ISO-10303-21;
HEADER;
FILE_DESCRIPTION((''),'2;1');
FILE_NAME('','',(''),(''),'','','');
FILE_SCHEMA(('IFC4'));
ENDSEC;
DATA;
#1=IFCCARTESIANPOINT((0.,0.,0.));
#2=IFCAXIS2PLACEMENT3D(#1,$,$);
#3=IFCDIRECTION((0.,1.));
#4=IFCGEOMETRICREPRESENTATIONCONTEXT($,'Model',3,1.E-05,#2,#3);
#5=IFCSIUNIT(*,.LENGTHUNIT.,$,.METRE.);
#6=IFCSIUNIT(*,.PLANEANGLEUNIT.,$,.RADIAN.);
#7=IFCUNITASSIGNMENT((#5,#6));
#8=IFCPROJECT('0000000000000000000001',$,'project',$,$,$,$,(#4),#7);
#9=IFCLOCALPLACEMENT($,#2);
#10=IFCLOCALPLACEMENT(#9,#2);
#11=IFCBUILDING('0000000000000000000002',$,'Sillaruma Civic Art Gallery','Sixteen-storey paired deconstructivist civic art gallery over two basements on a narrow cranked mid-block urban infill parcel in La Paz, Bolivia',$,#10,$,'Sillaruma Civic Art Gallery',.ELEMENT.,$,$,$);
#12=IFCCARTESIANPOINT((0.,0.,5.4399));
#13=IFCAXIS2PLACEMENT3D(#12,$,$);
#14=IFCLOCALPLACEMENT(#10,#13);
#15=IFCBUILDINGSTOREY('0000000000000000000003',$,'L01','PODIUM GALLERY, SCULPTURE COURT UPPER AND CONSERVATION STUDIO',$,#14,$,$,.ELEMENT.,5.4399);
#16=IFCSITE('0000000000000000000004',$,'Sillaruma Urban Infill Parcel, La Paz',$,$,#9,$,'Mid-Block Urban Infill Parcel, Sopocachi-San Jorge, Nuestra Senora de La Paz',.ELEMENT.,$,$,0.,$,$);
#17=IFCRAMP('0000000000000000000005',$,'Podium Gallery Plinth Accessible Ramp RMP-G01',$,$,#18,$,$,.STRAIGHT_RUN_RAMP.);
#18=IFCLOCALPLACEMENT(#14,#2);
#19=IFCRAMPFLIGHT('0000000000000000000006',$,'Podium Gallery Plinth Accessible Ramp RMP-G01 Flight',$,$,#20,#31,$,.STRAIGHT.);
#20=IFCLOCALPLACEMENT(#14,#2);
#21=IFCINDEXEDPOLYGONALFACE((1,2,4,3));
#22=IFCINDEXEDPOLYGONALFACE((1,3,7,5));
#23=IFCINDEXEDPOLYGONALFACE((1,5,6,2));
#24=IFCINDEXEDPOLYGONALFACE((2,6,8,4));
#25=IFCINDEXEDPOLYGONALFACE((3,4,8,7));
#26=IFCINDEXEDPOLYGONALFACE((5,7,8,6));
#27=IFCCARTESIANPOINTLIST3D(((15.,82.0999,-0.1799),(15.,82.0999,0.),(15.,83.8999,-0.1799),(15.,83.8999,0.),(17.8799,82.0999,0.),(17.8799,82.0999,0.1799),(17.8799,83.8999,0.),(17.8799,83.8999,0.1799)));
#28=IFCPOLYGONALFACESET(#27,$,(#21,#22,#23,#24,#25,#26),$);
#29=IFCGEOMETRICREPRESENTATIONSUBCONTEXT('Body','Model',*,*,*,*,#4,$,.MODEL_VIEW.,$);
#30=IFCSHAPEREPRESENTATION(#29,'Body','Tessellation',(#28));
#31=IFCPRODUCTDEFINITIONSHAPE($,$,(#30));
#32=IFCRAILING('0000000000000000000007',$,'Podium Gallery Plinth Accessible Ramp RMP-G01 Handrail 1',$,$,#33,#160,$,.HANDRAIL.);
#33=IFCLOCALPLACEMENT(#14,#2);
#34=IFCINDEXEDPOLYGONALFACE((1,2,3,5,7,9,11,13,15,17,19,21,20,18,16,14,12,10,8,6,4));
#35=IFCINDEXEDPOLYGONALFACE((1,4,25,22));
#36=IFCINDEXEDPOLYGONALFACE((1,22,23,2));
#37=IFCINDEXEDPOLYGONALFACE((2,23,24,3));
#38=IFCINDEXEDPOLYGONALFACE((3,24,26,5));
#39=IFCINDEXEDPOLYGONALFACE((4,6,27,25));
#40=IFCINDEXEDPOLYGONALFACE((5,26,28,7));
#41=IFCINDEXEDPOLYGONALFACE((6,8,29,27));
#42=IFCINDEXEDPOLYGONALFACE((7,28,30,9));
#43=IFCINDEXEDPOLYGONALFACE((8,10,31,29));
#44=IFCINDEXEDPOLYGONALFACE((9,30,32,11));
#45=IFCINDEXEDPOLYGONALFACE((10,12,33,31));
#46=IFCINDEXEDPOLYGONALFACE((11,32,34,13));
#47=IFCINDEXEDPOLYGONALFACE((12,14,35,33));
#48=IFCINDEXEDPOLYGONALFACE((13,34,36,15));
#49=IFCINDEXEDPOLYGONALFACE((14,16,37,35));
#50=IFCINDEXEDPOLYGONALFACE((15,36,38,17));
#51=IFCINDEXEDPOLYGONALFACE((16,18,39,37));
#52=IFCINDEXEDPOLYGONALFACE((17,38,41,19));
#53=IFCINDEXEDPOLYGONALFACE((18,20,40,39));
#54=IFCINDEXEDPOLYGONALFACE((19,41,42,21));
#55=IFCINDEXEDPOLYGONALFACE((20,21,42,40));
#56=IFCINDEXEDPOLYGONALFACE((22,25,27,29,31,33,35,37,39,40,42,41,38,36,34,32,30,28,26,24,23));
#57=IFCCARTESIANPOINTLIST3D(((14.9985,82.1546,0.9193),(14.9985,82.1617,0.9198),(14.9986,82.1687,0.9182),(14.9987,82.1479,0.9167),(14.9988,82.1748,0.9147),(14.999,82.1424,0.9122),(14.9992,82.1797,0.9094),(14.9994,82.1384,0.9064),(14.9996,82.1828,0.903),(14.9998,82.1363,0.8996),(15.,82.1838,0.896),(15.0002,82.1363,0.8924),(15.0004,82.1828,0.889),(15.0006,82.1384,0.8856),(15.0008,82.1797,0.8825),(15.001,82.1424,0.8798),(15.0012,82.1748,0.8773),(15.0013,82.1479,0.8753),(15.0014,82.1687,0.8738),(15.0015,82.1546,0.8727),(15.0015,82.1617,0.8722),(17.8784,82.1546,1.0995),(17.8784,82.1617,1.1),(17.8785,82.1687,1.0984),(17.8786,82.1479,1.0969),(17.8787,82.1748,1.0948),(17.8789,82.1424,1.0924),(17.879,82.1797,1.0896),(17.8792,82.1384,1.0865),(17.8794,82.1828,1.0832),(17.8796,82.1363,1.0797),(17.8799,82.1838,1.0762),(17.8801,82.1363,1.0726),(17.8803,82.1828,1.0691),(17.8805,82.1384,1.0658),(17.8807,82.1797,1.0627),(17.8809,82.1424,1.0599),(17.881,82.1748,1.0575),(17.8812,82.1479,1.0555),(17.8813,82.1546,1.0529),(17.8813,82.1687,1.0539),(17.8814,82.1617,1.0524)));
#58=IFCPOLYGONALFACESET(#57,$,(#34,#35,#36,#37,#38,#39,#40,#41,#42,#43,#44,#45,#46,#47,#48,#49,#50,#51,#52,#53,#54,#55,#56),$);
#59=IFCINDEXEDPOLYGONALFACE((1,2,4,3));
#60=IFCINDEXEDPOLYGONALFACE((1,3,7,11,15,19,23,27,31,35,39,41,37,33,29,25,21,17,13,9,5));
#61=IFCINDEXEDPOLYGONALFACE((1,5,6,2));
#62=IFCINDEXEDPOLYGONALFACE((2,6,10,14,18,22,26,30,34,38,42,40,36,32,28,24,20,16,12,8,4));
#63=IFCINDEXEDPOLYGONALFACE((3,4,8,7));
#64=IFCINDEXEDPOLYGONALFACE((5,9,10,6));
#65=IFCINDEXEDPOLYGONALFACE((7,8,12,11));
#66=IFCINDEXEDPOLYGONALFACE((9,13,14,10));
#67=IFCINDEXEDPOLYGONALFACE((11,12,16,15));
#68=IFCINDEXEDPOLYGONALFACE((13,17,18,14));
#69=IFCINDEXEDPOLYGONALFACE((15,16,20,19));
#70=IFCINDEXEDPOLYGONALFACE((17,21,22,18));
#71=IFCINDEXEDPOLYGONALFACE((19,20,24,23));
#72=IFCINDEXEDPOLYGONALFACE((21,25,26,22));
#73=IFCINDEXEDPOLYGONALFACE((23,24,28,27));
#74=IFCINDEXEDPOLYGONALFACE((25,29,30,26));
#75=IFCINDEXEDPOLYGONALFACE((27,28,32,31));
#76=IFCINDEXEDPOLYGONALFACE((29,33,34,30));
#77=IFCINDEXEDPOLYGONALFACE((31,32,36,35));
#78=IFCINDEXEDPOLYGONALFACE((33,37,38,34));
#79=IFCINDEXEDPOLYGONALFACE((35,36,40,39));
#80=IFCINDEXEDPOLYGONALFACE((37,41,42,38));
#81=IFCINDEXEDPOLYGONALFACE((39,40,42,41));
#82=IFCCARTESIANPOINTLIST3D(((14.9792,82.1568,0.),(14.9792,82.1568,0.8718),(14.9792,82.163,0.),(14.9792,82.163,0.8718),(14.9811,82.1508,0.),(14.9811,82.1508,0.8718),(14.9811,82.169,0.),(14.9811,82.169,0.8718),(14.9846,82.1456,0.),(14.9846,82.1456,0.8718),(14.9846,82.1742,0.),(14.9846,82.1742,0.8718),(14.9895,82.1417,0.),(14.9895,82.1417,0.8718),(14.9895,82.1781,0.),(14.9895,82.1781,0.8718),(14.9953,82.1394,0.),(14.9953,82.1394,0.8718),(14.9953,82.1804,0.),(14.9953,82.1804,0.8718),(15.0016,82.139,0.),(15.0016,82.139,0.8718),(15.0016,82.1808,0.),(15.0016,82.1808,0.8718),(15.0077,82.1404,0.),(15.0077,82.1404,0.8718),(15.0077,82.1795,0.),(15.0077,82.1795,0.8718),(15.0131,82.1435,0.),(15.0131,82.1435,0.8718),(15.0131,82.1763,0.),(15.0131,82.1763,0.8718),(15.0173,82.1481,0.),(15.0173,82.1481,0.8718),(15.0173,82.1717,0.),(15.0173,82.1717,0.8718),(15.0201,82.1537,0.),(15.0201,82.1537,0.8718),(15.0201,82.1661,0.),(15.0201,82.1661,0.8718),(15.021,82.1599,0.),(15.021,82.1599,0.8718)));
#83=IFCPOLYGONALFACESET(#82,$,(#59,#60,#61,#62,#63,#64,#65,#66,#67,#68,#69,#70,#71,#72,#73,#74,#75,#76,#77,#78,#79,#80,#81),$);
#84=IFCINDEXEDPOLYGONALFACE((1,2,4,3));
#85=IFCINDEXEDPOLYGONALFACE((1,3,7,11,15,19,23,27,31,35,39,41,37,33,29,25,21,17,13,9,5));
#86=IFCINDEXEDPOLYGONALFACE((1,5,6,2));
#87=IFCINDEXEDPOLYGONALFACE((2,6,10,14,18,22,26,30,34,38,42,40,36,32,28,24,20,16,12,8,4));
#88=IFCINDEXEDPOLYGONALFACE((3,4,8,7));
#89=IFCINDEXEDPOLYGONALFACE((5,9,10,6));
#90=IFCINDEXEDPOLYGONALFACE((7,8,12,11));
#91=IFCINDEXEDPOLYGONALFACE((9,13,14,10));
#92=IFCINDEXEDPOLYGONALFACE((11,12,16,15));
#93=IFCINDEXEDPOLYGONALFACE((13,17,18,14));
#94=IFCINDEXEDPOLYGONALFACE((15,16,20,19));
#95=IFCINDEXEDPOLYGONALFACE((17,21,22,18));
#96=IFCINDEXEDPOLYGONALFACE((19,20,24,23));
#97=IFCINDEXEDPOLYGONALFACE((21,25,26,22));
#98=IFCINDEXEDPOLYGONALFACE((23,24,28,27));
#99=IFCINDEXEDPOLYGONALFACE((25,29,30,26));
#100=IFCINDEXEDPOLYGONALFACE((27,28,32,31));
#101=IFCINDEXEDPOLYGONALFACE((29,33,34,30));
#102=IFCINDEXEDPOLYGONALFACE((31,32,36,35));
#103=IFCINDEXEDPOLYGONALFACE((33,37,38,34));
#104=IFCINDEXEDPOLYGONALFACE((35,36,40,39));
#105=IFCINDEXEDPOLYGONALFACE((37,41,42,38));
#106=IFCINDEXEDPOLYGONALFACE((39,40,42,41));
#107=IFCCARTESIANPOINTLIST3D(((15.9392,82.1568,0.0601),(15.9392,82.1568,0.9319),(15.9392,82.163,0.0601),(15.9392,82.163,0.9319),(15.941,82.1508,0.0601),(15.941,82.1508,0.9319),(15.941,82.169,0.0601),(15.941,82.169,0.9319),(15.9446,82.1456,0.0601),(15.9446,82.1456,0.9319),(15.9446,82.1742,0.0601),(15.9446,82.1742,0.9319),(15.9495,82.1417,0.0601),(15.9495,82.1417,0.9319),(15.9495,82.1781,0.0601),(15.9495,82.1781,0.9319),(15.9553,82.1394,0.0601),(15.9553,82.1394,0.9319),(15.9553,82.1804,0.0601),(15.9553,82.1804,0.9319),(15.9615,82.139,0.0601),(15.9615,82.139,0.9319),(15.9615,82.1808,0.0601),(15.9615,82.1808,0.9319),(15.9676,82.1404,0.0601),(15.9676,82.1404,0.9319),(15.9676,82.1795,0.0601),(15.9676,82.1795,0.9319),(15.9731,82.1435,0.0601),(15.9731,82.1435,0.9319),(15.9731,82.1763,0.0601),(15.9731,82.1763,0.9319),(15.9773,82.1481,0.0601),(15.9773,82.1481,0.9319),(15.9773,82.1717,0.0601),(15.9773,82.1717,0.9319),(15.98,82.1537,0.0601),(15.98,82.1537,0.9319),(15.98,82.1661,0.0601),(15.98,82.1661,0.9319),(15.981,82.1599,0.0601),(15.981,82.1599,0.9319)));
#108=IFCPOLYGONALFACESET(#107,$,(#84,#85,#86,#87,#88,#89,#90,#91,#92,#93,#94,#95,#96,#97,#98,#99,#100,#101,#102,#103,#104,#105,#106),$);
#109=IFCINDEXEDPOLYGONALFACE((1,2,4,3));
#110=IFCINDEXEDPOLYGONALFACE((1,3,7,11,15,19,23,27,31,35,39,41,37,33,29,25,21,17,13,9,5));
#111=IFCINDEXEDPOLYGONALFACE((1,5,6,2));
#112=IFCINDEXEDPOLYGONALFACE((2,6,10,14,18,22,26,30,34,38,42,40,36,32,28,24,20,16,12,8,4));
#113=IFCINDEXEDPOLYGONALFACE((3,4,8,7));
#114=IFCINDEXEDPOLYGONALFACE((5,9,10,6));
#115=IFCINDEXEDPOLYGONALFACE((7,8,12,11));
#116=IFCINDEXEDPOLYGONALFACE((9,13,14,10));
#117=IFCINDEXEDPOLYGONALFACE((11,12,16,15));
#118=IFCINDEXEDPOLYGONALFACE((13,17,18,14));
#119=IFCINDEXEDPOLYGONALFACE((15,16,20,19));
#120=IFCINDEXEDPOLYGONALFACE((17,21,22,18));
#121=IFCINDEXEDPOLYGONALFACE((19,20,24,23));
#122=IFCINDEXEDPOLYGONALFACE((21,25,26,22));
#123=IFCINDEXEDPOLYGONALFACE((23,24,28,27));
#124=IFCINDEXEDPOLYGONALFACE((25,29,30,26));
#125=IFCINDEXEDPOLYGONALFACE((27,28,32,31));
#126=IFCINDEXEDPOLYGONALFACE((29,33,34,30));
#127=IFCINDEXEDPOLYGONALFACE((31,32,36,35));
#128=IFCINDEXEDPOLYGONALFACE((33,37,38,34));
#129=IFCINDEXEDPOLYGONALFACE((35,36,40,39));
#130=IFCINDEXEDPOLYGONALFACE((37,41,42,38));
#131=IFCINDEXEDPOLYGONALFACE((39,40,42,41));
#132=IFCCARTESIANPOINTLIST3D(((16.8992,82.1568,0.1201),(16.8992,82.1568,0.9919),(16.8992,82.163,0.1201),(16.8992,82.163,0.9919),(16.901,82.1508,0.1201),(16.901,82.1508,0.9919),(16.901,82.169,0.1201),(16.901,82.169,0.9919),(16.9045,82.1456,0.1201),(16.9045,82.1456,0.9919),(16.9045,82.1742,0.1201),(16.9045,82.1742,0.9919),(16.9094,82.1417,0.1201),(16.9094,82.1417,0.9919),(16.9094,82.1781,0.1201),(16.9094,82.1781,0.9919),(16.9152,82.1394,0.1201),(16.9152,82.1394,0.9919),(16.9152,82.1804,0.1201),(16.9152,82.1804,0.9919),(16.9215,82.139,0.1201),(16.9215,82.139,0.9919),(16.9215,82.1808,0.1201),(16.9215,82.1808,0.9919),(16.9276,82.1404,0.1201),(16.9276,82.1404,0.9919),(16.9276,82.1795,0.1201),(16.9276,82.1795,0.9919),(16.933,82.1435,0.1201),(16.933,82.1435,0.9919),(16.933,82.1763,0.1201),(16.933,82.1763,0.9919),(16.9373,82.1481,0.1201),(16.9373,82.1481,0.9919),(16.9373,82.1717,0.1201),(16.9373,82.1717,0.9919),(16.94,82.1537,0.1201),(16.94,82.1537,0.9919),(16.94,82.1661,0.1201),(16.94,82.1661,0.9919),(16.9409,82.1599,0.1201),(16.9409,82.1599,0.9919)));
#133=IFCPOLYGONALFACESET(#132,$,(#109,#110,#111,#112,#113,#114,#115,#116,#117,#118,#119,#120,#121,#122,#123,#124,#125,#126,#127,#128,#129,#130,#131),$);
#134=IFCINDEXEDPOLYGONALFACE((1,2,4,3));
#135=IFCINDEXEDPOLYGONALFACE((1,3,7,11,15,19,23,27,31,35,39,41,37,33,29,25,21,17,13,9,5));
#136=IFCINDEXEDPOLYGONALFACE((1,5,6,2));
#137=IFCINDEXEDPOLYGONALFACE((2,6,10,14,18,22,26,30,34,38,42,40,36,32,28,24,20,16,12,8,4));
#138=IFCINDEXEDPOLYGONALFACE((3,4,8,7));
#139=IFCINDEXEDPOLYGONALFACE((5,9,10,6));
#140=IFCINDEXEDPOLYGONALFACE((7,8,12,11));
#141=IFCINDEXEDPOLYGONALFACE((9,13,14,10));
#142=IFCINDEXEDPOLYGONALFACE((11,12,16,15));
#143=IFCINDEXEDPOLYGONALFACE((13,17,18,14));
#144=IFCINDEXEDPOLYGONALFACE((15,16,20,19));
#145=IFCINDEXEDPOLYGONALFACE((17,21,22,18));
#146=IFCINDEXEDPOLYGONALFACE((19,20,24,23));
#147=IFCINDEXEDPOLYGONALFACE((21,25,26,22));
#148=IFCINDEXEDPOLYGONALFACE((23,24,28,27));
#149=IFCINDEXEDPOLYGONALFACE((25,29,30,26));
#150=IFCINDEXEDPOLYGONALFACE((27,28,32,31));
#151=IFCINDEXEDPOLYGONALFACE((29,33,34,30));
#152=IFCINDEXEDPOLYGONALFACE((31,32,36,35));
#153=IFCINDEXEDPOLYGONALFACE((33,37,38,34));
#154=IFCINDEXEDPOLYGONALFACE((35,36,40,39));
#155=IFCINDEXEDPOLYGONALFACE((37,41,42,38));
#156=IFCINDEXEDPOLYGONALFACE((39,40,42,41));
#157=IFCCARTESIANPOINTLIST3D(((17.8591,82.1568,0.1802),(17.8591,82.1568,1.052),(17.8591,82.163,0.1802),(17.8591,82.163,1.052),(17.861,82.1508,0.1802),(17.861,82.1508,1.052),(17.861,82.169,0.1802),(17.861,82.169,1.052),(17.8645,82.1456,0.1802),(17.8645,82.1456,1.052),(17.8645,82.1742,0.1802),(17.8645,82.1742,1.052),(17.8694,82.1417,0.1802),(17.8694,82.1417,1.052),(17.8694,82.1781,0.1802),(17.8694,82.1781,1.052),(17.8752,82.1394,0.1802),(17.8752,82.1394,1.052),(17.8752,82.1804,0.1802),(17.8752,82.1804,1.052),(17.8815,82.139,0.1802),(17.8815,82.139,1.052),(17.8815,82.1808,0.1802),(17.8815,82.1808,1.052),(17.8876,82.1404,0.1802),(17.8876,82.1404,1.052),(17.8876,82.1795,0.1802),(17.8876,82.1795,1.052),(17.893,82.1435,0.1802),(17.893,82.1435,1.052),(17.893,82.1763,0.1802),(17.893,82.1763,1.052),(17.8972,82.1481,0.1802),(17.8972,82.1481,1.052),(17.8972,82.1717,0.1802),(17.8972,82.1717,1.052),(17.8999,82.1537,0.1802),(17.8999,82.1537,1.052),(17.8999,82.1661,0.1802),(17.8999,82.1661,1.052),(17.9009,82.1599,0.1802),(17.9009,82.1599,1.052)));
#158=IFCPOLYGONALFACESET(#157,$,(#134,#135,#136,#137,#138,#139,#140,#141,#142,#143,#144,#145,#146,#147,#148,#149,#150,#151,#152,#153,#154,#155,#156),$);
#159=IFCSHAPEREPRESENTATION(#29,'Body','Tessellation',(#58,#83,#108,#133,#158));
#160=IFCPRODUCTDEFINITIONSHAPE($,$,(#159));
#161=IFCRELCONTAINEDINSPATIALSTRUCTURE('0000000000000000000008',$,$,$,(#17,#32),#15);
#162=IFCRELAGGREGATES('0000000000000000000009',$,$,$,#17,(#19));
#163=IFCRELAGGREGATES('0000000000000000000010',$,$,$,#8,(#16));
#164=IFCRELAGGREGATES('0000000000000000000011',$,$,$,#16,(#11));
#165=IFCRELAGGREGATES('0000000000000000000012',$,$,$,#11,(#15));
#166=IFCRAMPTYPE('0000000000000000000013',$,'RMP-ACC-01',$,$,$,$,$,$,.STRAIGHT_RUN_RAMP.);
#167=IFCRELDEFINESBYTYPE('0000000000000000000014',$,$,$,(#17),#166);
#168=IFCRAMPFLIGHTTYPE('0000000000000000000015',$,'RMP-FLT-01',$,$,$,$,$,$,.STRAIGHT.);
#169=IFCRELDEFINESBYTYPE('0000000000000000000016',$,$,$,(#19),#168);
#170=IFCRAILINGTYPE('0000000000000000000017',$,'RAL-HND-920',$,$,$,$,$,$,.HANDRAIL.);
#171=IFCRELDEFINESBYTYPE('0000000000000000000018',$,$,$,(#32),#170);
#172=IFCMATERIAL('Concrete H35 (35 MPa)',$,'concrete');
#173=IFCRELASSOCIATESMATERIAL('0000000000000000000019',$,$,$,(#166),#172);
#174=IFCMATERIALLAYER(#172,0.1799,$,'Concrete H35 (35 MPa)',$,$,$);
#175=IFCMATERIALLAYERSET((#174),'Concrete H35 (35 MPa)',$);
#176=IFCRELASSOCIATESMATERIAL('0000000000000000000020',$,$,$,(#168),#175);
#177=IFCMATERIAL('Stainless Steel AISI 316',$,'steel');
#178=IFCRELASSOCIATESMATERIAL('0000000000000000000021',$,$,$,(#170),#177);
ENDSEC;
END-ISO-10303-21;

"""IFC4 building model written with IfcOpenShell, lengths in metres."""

from ifc_helpers import new_model, si_unit, direction, frame, origin, origin_2d, place, context, subcontext, project, spatial, polyline, circle, outline, extrude, material, layer, layer_set, type_object, element, aggregate, save


model = new_model("IFC4")

# Units and contexts
model_context = context("Model", 3, precision=1e-05, world=origin(), true_north=direction((0.0, 1.0)))
body_context = subcontext(model_context, "Body", "Model", "MODEL_VIEW")
ifc_project = project(units=[si_unit("LENGTHUNIT", "METRE"), si_unit("PLANEANGLEUNIT", "RADIAN")], contexts=[model_context])

# Site, building, storey
site_placement = place(None, origin())
site = spatial("IfcSite", under=ifc_project, at=site_placement, Name="Sillaruma Urban Infill Parcel, La Paz", LongName="Mid-Block Urban Infill Parcel, Sopocachi-San Jorge, Nuestra Senora de La Paz", CompositionType="ELEMENT", RefElevation=0.0)
building_placement = place(site_placement, origin())
building = spatial("IfcBuilding", under=site, at=building_placement, Name="Sillaruma Civic Art Gallery", Description="Sixteen-storey paired deconstructivist civic art gallery over two basements on a narrow cranked mid-block urban infill parcel in La Paz, Bolivia", LongName="Sillaruma Civic Art Gallery", CompositionType="ELEMENT")
storey_placement = place(building_placement, frame((0.0, 0.0, 5.4399)))
storey = spatial("IfcBuildingStorey", under=building, at=storey_placement, Name="L01", Description="PODIUM GALLERY, SCULPTURE COURT UPPER AND CONSERVATION STUDIO", CompositionType="ELEMENT", Elevation=5.4399)

# Shared definitions
ifc_material_1 = material(Name="Concrete H35 (35 MPa)", Category="concrete")

# Ramp, ramp flight
ramp_type = type_object("IfcRampType", Name="RMP-ACC-01", PredefinedType="STRAIGHT_RUN_RAMP", material=ifc_material_1)
ramp_placement = place(storey_placement, origin())
ramp = element("IfcRamp", 1, at=ramp_placement, inside=storey, type_object=ramp_type, Name="Podium Gallery Plinth Accessible Ramp RMP-G01", PredefinedType="STRAIGHT_RUN_RAMP")
ifc_layer_1 = layer(ifc_material_1, 0.1799, Name="Concrete H35 (35 MPa)")
ifc_layer_set_1 = layer_set([ifc_layer_1], Name="Concrete H35 (35 MPa)")
ramp_flight_type = type_object("IfcRampFlightType", Name="RMP-FLT-01", PredefinedType="STRAIGHT", material=ifc_layer_set_1)
ramp_flight_placement = place(storey_placement, frame((15.0, 83.0, 0.0), z_axis=(0.0, 0.0, 1.0), x_axis=(1.0, 0.0, 0.0)))
ramp_flight = element("IfcRampFlight", 2, at=ramp_flight_placement, type_object=ramp_flight_type, Name="Podium Gallery Plinth Accessible Ramp RMP-G01 Flight", PredefinedType="STRAIGHT", context=body_context, shape_type="SweptSolid", body=[
    extrude(outline(polyline([(0.0, 0.0), (2.8799, 0.1799), (2.8799, 0.0), (0.0, -0.1799), (0.0, 0.0)])), frame((0.0, 0.8999, 0.0), z_axis=(0.0, -1.0, 0.0), x_axis=(1.0, 0.0, 0.0)), (0.0, 0.0, 1.0), 1.8),
])
aggregate(ramp, [ramp_flight])

# Railing
ifc_material_2 = material(Name="Stainless Steel AISI 316", Category="steel")
railing_type = type_object("IfcRailingType", Name="RAL-HND-920", PredefinedType="HANDRAIL", material=ifc_material_2)
for number, where, name in (
    (3, (15.0, 82.1599, 0.0), "Podium Gallery Plinth Accessible Ramp RMP-G01 Handrail 1"),
):
    element("IfcRailing", number, at=place(storey_placement, frame(where)), inside=storey, type_object=railing_type, Name=name, PredefinedType="HANDRAIL", context=body_context, shape_type="SweptSolid", body=[
        extrude(circle(Radius=0.0239, at=origin_2d()), frame((0.0, 0.0, 0.896), z_axis=(0.998049, 0.0, 0.062441), x_axis=(0.0, 1.0, 0.0)), (0.0, 0.0, 1.0), 2.8855),
        extrude(circle(Radius=0.021, at=origin_2d()), origin(), (0.0, 0.0, 1.0), 0.8718),
        extrude(circle(Radius=0.021, at=origin_2d()), frame((0.96, 0.0, 0.0601)), (0.0, 0.0, 1.0), 0.8718),
        extrude(circle(Radius=0.021, at=origin_2d()), frame((1.9199, 0.0, 0.1201)), (0.0, 0.0, 1.0), 0.8718),
        extrude(circle(Radius=0.021, at=origin_2d()), frame((2.8799, 0.0, 0.1802)), (0.0, 0.0, 1.0), 0.8718),
    ])

save(model, "model.ifc")
